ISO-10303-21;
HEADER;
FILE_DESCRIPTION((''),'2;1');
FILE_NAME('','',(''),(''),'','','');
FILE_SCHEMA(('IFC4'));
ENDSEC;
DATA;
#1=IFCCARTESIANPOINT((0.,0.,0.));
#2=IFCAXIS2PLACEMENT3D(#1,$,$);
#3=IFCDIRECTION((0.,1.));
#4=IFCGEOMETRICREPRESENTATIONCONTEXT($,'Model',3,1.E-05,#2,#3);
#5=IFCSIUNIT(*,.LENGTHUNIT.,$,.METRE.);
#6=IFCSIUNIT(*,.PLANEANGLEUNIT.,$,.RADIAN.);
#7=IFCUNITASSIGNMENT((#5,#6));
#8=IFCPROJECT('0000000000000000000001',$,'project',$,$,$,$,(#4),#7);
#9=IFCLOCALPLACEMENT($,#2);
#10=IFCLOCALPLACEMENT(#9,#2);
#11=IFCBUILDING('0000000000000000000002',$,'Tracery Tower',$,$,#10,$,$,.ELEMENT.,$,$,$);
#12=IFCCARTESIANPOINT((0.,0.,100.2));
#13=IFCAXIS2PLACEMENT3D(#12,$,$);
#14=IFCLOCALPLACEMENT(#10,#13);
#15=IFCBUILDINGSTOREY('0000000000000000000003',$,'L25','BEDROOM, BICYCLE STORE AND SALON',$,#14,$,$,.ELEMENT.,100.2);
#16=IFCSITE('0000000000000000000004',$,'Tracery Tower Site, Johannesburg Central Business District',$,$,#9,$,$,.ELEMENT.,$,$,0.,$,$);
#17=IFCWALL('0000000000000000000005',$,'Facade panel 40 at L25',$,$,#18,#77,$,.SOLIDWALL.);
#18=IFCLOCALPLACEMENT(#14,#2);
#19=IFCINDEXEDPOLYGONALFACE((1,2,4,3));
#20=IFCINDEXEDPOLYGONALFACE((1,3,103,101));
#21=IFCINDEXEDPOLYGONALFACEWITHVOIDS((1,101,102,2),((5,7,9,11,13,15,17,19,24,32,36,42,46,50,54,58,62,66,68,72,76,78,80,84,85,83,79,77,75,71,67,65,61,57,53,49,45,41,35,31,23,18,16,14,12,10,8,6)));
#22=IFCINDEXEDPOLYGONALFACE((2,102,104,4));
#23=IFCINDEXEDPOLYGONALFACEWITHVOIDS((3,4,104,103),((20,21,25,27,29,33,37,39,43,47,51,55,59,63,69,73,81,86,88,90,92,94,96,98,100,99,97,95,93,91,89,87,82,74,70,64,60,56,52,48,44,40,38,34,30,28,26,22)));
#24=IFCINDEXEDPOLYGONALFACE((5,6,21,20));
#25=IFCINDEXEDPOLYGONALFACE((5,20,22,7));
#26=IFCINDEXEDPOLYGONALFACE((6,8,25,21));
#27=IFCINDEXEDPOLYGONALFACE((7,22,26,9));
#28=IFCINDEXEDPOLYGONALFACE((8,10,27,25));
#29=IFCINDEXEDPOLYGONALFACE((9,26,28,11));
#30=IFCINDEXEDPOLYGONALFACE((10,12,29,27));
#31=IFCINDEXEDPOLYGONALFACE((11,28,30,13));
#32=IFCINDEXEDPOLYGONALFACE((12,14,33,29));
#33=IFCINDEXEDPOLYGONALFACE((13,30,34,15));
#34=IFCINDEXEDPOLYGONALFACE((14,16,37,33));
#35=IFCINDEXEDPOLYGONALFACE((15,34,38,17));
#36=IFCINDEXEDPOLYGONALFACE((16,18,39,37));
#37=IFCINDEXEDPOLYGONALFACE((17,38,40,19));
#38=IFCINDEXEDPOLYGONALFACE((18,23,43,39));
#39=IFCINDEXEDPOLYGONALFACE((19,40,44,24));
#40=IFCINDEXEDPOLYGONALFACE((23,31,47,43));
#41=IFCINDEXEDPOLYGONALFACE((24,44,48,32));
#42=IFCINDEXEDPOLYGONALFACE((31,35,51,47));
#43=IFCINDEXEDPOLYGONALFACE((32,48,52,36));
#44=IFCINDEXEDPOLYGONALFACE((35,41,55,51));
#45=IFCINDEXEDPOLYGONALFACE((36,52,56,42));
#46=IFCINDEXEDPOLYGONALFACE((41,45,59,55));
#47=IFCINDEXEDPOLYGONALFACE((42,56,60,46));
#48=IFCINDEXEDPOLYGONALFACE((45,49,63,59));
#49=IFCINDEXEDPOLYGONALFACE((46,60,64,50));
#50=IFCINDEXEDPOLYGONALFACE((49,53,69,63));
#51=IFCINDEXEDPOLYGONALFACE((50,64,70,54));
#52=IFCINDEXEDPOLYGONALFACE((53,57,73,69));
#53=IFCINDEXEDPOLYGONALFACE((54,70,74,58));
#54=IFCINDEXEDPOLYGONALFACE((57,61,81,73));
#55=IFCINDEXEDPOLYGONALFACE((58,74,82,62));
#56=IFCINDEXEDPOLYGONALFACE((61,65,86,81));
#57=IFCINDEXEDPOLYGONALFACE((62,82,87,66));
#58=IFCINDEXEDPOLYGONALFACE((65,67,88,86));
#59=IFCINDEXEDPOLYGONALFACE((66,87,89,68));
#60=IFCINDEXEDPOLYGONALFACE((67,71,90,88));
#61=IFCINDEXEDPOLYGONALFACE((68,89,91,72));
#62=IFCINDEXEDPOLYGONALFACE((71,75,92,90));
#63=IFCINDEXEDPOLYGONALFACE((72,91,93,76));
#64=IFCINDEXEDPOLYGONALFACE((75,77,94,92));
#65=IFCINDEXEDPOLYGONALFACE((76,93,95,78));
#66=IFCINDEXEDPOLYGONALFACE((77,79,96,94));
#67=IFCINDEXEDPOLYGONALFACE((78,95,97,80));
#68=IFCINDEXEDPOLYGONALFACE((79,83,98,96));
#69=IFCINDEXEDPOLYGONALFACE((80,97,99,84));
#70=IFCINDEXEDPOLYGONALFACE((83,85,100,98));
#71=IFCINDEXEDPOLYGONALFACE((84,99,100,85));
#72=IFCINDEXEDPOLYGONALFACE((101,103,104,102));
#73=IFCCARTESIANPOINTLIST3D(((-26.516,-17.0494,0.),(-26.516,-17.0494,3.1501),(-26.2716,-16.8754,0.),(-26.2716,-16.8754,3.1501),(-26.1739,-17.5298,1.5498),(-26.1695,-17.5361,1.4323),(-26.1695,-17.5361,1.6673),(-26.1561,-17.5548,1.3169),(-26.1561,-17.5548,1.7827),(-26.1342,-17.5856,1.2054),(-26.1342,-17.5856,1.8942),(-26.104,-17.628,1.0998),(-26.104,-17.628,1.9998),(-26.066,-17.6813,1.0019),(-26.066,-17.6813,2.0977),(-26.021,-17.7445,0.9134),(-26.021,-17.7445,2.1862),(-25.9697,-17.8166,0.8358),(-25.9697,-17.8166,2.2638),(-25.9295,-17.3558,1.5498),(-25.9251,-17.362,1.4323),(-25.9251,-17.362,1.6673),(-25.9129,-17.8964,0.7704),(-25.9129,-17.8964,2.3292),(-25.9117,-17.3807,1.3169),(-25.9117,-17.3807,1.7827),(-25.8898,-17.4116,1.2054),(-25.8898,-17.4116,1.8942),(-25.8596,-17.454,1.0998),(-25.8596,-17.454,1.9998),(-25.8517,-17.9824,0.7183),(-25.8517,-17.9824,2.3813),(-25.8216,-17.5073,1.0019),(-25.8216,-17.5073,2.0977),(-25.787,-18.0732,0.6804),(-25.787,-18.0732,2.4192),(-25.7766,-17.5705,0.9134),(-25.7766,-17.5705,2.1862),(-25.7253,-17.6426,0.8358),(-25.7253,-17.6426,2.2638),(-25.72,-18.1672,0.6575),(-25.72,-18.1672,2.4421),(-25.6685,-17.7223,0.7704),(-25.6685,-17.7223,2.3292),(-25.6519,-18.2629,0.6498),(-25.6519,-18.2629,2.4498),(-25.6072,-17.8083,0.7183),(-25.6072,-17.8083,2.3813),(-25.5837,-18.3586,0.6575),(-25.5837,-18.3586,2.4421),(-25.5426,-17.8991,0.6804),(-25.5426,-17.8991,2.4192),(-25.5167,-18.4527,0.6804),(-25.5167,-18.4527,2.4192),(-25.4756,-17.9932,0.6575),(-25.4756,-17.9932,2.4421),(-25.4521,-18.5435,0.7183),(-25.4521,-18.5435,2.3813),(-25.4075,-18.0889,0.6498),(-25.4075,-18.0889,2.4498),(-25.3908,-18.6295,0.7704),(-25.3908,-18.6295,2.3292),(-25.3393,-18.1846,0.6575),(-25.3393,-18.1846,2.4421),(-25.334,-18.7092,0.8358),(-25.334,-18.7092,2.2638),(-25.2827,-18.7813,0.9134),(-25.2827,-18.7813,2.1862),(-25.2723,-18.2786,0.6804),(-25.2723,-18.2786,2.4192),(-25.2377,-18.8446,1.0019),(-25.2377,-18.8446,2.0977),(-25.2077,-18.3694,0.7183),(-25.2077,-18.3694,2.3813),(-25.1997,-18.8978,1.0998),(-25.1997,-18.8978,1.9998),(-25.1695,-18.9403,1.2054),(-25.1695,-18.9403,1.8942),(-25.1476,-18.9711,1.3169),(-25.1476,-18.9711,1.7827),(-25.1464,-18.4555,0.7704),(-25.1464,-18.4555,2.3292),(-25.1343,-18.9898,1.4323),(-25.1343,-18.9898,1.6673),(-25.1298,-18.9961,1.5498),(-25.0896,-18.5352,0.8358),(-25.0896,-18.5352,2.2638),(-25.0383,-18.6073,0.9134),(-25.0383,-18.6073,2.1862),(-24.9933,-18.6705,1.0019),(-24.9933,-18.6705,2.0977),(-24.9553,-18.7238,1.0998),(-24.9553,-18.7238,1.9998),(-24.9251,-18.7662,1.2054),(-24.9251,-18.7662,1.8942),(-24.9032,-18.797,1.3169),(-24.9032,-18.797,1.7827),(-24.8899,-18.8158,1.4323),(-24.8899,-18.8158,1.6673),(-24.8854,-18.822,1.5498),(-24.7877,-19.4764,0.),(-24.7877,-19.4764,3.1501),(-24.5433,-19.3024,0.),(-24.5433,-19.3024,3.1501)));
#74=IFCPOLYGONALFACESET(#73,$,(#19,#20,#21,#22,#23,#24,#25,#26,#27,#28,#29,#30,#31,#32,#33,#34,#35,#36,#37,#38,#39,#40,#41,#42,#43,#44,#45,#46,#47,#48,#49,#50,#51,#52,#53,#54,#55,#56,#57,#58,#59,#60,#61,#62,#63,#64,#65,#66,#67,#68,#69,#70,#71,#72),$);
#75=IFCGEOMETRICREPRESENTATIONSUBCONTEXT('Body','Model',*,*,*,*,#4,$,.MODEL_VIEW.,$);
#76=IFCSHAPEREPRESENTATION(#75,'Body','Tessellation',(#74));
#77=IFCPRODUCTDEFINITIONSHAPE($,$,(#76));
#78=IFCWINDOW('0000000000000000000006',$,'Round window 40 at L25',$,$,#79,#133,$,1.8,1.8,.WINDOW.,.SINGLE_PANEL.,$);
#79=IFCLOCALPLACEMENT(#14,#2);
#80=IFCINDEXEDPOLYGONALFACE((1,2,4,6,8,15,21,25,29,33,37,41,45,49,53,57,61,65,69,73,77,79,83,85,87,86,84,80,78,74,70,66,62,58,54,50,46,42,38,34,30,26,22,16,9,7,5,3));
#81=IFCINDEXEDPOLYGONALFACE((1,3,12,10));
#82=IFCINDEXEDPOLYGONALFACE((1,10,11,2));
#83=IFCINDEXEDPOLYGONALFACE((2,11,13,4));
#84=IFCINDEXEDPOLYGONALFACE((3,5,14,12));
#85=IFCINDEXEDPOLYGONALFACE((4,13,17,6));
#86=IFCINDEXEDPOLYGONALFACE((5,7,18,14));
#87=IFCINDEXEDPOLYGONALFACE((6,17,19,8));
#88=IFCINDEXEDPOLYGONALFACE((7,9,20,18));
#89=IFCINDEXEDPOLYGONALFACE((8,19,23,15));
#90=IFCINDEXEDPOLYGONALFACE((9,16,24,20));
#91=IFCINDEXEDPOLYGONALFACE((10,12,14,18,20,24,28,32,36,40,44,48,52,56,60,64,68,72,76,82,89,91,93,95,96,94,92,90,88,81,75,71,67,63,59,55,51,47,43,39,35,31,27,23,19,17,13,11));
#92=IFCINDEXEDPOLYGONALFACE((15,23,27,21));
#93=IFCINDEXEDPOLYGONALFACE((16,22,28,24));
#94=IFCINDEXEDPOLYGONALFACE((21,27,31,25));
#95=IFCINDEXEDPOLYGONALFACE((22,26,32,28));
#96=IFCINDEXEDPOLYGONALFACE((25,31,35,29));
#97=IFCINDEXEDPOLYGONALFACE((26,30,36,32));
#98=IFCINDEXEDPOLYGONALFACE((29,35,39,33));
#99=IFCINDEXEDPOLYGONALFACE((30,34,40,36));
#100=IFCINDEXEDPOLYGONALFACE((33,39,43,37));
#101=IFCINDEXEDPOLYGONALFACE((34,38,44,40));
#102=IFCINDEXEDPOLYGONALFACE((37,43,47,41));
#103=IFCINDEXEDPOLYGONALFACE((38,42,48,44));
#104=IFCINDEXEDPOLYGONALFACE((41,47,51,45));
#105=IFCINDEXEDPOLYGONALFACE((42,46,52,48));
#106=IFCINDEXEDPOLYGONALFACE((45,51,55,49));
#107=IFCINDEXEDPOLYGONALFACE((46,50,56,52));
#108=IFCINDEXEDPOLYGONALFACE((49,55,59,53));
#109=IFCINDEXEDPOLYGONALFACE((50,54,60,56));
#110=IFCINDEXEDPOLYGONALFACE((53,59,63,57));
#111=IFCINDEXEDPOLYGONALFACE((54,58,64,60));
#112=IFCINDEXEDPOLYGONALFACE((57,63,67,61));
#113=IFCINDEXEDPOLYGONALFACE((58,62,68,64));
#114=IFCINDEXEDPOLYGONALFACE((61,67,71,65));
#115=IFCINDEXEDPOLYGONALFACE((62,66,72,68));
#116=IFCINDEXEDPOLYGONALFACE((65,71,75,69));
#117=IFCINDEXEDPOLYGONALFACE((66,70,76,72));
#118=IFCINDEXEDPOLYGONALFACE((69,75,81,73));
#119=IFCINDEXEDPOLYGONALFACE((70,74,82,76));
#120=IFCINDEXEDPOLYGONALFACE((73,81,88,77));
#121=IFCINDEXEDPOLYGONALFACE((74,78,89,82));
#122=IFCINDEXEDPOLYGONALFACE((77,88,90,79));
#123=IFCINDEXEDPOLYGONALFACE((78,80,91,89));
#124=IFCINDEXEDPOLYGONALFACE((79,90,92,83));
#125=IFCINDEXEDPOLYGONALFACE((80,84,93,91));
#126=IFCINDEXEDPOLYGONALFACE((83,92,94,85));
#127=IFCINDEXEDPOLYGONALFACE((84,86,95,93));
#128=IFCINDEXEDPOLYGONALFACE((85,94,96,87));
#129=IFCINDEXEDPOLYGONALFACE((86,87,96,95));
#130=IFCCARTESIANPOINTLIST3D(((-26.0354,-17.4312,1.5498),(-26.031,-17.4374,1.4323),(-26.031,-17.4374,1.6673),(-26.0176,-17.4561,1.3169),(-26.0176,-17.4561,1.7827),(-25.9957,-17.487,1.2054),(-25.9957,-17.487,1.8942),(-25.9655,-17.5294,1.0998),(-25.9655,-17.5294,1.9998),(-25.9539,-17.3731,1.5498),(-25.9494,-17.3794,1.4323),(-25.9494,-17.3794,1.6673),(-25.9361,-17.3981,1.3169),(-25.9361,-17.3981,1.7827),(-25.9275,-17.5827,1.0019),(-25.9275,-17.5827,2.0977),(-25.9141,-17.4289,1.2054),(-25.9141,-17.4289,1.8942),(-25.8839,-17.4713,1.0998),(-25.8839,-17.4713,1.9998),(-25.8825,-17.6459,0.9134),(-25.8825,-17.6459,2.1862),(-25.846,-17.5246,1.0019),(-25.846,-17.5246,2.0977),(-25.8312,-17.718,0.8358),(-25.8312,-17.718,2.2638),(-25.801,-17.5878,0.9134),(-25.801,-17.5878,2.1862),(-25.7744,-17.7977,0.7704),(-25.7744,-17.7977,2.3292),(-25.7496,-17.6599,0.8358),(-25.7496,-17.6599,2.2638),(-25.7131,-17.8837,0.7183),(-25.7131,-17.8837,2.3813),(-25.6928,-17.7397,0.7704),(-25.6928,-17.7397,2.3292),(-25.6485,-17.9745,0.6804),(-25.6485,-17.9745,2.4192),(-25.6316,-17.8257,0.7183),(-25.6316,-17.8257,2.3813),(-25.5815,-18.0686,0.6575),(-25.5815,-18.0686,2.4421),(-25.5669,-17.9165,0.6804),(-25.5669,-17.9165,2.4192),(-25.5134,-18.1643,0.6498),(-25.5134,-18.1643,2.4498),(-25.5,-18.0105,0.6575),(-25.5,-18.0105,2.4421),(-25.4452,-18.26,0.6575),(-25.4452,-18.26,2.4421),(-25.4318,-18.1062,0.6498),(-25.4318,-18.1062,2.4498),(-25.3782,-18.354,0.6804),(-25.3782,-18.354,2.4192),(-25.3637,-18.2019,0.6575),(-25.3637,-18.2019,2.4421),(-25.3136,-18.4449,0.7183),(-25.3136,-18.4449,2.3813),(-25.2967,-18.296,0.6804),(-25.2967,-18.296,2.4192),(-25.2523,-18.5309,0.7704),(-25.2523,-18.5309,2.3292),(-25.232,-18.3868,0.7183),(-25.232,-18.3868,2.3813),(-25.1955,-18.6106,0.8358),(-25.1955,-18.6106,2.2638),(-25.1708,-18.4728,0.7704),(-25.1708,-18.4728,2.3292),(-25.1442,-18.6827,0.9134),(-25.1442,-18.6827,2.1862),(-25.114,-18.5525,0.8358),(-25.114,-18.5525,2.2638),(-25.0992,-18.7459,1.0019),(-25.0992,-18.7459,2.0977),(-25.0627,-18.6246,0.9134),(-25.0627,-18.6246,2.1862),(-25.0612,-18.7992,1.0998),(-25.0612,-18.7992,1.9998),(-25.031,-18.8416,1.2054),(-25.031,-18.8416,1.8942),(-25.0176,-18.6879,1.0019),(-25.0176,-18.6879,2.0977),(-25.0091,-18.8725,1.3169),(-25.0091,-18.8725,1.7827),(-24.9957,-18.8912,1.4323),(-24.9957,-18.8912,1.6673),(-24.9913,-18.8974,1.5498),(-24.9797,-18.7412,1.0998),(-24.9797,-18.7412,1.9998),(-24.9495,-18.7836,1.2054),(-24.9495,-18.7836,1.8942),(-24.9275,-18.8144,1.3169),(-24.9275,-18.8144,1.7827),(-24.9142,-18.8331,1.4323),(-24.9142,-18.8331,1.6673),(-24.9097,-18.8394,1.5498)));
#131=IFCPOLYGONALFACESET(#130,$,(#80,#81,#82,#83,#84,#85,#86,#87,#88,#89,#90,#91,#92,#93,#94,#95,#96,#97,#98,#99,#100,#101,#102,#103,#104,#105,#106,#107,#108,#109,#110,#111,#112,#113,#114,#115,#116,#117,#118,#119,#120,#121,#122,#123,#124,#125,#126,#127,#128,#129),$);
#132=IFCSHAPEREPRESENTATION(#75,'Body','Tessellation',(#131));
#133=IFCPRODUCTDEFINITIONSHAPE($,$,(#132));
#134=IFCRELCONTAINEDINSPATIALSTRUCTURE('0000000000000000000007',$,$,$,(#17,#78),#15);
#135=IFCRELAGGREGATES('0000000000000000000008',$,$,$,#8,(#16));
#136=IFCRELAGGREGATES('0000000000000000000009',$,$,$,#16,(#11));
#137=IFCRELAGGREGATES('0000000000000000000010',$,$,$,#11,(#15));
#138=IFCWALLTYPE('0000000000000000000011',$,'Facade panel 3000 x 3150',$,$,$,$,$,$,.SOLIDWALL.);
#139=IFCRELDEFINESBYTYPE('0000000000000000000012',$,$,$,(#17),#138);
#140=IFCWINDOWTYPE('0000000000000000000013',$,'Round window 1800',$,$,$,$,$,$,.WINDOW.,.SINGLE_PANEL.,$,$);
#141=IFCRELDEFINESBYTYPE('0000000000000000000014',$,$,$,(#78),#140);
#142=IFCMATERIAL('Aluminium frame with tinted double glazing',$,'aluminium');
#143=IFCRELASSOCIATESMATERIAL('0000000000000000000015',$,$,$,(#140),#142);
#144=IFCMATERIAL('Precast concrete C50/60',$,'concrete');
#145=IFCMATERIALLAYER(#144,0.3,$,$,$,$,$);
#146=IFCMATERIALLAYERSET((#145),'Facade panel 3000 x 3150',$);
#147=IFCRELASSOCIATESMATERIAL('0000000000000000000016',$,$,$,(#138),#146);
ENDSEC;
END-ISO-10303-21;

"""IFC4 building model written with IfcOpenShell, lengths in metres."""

from ifc_helpers import new_model, si_unit, direction, frame, frame_2d, origin, origin_2d, place, context, subcontext, project, spatial, rectangle, circle, extrude, material, layer, layer_set, type_object, element, fill, save


model = new_model("IFC4")

# Units and contexts
model_context = context("Model", 3, precision=1e-05, world=origin(), true_north=direction((0.0, 1.0)))
body_context = subcontext(model_context, "Body", "Model", "MODEL_VIEW")
ifc_project = project(units=[si_unit("LENGTHUNIT", "METRE"), si_unit("PLANEANGLEUNIT", "RADIAN")], contexts=[model_context])

# Site, building, storey
site_placement = place(None, origin())
site = spatial("IfcSite", under=ifc_project, at=site_placement, Name="Tracery Tower Site, Johannesburg Central Business District", CompositionType="ELEMENT", RefElevation=0.0)
building_placement = place(site_placement, origin())
building = spatial("IfcBuilding", under=site, at=building_placement, Name="Tracery Tower", CompositionType="ELEMENT")
storey_placement = place(building_placement, frame((0.0, 0.0, 100.2)))
storey = spatial("IfcBuildingStorey", under=building, at=storey_placement, Name="L25", Description="BEDROOM, BICYCLE STORE AND SALON", CompositionType="ELEMENT", Elevation=100.2)

# Wall, opening, window
ifc_material_1 = material(Name="Aluminium frame with tinted double glazing", Category="aluminium")
window_type = type_object("IfcWindowType", Name="Round window 1800", PartitioningType="SINGLE_PANEL", PredefinedType="WINDOW", material=ifc_material_1)
ifc_material_2 = material(Name="Precast concrete C50/60", Category="concrete")
ifc_layer_1 = layer(ifc_material_2, 0.3)
ifc_layer_set_1 = layer_set([ifc_layer_1], Name="Facade panel 3000 x 3150")
wall_type_1 = type_object("IfcWallType", Name="Facade panel 3000 x 3150", PredefinedType="SOLIDWALL", material=ifc_layer_set_1)
wall_1_placement = place(storey_placement, frame((-26.3938, -16.9624, 0.0), z_axis=(0.0, 0.0, 1.0), x_axis=(0.580059, -0.814574, 0.0)))
wall_1 = element("IfcWall", 1, at=wall_1_placement, inside=storey, type_object=wall_type_1, Name="Facade panel 40 at L25", PredefinedType="SOLIDWALL", context=body_context, shape_type="SweptSolid", body=[
    extrude(rectangle(XDim=2.9795, YDim=0.3, at=frame_2d((1.4897, 0.0))), origin(), (0.0, 0.0, 1.0), 3.1501),
])
opening_1_placement = place(wall_1_placement, frame((1.4897, 0.0, 1.5498)))
opening_1 = element("IfcOpeningElement", 2, at=opening_1_placement, cuts=wall_1, PredefinedType="OPENING", context=body_context, shape_type="SweptSolid", body=[
    extrude(circle(Radius=0.9, at=origin_2d()), frame((0.0, 0.1599, 0.0), z_axis=(0.0, -1.0, 0.0), x_axis=(1.0, 0.0, 0.0)), (0.0, 0.0, 1.0), 0.3201),
])
window_1_placement = place(opening_1_placement, origin())
window_1 = element("IfcWindow", 3, at=window_1_placement, inside=storey, type_object=window_type, Name="Round window 40 at L25", OverallHeight=1.8, OverallWidth=1.8, PartitioningType="SINGLE_PANEL", PredefinedType="WINDOW", context=body_context, shape_type="SweptSolid", body=[
    extrude(circle(Radius=0.9, at=origin_2d()), frame((0.0, 0.1201, 0.0), z_axis=(0.0, -1.0, 0.0), x_axis=(1.0, 0.0, 0.0)), (0.0, 0.0, 1.0), 0.1001),
])
fill(opening_1, window_1)

save(model, "model.ifc")
